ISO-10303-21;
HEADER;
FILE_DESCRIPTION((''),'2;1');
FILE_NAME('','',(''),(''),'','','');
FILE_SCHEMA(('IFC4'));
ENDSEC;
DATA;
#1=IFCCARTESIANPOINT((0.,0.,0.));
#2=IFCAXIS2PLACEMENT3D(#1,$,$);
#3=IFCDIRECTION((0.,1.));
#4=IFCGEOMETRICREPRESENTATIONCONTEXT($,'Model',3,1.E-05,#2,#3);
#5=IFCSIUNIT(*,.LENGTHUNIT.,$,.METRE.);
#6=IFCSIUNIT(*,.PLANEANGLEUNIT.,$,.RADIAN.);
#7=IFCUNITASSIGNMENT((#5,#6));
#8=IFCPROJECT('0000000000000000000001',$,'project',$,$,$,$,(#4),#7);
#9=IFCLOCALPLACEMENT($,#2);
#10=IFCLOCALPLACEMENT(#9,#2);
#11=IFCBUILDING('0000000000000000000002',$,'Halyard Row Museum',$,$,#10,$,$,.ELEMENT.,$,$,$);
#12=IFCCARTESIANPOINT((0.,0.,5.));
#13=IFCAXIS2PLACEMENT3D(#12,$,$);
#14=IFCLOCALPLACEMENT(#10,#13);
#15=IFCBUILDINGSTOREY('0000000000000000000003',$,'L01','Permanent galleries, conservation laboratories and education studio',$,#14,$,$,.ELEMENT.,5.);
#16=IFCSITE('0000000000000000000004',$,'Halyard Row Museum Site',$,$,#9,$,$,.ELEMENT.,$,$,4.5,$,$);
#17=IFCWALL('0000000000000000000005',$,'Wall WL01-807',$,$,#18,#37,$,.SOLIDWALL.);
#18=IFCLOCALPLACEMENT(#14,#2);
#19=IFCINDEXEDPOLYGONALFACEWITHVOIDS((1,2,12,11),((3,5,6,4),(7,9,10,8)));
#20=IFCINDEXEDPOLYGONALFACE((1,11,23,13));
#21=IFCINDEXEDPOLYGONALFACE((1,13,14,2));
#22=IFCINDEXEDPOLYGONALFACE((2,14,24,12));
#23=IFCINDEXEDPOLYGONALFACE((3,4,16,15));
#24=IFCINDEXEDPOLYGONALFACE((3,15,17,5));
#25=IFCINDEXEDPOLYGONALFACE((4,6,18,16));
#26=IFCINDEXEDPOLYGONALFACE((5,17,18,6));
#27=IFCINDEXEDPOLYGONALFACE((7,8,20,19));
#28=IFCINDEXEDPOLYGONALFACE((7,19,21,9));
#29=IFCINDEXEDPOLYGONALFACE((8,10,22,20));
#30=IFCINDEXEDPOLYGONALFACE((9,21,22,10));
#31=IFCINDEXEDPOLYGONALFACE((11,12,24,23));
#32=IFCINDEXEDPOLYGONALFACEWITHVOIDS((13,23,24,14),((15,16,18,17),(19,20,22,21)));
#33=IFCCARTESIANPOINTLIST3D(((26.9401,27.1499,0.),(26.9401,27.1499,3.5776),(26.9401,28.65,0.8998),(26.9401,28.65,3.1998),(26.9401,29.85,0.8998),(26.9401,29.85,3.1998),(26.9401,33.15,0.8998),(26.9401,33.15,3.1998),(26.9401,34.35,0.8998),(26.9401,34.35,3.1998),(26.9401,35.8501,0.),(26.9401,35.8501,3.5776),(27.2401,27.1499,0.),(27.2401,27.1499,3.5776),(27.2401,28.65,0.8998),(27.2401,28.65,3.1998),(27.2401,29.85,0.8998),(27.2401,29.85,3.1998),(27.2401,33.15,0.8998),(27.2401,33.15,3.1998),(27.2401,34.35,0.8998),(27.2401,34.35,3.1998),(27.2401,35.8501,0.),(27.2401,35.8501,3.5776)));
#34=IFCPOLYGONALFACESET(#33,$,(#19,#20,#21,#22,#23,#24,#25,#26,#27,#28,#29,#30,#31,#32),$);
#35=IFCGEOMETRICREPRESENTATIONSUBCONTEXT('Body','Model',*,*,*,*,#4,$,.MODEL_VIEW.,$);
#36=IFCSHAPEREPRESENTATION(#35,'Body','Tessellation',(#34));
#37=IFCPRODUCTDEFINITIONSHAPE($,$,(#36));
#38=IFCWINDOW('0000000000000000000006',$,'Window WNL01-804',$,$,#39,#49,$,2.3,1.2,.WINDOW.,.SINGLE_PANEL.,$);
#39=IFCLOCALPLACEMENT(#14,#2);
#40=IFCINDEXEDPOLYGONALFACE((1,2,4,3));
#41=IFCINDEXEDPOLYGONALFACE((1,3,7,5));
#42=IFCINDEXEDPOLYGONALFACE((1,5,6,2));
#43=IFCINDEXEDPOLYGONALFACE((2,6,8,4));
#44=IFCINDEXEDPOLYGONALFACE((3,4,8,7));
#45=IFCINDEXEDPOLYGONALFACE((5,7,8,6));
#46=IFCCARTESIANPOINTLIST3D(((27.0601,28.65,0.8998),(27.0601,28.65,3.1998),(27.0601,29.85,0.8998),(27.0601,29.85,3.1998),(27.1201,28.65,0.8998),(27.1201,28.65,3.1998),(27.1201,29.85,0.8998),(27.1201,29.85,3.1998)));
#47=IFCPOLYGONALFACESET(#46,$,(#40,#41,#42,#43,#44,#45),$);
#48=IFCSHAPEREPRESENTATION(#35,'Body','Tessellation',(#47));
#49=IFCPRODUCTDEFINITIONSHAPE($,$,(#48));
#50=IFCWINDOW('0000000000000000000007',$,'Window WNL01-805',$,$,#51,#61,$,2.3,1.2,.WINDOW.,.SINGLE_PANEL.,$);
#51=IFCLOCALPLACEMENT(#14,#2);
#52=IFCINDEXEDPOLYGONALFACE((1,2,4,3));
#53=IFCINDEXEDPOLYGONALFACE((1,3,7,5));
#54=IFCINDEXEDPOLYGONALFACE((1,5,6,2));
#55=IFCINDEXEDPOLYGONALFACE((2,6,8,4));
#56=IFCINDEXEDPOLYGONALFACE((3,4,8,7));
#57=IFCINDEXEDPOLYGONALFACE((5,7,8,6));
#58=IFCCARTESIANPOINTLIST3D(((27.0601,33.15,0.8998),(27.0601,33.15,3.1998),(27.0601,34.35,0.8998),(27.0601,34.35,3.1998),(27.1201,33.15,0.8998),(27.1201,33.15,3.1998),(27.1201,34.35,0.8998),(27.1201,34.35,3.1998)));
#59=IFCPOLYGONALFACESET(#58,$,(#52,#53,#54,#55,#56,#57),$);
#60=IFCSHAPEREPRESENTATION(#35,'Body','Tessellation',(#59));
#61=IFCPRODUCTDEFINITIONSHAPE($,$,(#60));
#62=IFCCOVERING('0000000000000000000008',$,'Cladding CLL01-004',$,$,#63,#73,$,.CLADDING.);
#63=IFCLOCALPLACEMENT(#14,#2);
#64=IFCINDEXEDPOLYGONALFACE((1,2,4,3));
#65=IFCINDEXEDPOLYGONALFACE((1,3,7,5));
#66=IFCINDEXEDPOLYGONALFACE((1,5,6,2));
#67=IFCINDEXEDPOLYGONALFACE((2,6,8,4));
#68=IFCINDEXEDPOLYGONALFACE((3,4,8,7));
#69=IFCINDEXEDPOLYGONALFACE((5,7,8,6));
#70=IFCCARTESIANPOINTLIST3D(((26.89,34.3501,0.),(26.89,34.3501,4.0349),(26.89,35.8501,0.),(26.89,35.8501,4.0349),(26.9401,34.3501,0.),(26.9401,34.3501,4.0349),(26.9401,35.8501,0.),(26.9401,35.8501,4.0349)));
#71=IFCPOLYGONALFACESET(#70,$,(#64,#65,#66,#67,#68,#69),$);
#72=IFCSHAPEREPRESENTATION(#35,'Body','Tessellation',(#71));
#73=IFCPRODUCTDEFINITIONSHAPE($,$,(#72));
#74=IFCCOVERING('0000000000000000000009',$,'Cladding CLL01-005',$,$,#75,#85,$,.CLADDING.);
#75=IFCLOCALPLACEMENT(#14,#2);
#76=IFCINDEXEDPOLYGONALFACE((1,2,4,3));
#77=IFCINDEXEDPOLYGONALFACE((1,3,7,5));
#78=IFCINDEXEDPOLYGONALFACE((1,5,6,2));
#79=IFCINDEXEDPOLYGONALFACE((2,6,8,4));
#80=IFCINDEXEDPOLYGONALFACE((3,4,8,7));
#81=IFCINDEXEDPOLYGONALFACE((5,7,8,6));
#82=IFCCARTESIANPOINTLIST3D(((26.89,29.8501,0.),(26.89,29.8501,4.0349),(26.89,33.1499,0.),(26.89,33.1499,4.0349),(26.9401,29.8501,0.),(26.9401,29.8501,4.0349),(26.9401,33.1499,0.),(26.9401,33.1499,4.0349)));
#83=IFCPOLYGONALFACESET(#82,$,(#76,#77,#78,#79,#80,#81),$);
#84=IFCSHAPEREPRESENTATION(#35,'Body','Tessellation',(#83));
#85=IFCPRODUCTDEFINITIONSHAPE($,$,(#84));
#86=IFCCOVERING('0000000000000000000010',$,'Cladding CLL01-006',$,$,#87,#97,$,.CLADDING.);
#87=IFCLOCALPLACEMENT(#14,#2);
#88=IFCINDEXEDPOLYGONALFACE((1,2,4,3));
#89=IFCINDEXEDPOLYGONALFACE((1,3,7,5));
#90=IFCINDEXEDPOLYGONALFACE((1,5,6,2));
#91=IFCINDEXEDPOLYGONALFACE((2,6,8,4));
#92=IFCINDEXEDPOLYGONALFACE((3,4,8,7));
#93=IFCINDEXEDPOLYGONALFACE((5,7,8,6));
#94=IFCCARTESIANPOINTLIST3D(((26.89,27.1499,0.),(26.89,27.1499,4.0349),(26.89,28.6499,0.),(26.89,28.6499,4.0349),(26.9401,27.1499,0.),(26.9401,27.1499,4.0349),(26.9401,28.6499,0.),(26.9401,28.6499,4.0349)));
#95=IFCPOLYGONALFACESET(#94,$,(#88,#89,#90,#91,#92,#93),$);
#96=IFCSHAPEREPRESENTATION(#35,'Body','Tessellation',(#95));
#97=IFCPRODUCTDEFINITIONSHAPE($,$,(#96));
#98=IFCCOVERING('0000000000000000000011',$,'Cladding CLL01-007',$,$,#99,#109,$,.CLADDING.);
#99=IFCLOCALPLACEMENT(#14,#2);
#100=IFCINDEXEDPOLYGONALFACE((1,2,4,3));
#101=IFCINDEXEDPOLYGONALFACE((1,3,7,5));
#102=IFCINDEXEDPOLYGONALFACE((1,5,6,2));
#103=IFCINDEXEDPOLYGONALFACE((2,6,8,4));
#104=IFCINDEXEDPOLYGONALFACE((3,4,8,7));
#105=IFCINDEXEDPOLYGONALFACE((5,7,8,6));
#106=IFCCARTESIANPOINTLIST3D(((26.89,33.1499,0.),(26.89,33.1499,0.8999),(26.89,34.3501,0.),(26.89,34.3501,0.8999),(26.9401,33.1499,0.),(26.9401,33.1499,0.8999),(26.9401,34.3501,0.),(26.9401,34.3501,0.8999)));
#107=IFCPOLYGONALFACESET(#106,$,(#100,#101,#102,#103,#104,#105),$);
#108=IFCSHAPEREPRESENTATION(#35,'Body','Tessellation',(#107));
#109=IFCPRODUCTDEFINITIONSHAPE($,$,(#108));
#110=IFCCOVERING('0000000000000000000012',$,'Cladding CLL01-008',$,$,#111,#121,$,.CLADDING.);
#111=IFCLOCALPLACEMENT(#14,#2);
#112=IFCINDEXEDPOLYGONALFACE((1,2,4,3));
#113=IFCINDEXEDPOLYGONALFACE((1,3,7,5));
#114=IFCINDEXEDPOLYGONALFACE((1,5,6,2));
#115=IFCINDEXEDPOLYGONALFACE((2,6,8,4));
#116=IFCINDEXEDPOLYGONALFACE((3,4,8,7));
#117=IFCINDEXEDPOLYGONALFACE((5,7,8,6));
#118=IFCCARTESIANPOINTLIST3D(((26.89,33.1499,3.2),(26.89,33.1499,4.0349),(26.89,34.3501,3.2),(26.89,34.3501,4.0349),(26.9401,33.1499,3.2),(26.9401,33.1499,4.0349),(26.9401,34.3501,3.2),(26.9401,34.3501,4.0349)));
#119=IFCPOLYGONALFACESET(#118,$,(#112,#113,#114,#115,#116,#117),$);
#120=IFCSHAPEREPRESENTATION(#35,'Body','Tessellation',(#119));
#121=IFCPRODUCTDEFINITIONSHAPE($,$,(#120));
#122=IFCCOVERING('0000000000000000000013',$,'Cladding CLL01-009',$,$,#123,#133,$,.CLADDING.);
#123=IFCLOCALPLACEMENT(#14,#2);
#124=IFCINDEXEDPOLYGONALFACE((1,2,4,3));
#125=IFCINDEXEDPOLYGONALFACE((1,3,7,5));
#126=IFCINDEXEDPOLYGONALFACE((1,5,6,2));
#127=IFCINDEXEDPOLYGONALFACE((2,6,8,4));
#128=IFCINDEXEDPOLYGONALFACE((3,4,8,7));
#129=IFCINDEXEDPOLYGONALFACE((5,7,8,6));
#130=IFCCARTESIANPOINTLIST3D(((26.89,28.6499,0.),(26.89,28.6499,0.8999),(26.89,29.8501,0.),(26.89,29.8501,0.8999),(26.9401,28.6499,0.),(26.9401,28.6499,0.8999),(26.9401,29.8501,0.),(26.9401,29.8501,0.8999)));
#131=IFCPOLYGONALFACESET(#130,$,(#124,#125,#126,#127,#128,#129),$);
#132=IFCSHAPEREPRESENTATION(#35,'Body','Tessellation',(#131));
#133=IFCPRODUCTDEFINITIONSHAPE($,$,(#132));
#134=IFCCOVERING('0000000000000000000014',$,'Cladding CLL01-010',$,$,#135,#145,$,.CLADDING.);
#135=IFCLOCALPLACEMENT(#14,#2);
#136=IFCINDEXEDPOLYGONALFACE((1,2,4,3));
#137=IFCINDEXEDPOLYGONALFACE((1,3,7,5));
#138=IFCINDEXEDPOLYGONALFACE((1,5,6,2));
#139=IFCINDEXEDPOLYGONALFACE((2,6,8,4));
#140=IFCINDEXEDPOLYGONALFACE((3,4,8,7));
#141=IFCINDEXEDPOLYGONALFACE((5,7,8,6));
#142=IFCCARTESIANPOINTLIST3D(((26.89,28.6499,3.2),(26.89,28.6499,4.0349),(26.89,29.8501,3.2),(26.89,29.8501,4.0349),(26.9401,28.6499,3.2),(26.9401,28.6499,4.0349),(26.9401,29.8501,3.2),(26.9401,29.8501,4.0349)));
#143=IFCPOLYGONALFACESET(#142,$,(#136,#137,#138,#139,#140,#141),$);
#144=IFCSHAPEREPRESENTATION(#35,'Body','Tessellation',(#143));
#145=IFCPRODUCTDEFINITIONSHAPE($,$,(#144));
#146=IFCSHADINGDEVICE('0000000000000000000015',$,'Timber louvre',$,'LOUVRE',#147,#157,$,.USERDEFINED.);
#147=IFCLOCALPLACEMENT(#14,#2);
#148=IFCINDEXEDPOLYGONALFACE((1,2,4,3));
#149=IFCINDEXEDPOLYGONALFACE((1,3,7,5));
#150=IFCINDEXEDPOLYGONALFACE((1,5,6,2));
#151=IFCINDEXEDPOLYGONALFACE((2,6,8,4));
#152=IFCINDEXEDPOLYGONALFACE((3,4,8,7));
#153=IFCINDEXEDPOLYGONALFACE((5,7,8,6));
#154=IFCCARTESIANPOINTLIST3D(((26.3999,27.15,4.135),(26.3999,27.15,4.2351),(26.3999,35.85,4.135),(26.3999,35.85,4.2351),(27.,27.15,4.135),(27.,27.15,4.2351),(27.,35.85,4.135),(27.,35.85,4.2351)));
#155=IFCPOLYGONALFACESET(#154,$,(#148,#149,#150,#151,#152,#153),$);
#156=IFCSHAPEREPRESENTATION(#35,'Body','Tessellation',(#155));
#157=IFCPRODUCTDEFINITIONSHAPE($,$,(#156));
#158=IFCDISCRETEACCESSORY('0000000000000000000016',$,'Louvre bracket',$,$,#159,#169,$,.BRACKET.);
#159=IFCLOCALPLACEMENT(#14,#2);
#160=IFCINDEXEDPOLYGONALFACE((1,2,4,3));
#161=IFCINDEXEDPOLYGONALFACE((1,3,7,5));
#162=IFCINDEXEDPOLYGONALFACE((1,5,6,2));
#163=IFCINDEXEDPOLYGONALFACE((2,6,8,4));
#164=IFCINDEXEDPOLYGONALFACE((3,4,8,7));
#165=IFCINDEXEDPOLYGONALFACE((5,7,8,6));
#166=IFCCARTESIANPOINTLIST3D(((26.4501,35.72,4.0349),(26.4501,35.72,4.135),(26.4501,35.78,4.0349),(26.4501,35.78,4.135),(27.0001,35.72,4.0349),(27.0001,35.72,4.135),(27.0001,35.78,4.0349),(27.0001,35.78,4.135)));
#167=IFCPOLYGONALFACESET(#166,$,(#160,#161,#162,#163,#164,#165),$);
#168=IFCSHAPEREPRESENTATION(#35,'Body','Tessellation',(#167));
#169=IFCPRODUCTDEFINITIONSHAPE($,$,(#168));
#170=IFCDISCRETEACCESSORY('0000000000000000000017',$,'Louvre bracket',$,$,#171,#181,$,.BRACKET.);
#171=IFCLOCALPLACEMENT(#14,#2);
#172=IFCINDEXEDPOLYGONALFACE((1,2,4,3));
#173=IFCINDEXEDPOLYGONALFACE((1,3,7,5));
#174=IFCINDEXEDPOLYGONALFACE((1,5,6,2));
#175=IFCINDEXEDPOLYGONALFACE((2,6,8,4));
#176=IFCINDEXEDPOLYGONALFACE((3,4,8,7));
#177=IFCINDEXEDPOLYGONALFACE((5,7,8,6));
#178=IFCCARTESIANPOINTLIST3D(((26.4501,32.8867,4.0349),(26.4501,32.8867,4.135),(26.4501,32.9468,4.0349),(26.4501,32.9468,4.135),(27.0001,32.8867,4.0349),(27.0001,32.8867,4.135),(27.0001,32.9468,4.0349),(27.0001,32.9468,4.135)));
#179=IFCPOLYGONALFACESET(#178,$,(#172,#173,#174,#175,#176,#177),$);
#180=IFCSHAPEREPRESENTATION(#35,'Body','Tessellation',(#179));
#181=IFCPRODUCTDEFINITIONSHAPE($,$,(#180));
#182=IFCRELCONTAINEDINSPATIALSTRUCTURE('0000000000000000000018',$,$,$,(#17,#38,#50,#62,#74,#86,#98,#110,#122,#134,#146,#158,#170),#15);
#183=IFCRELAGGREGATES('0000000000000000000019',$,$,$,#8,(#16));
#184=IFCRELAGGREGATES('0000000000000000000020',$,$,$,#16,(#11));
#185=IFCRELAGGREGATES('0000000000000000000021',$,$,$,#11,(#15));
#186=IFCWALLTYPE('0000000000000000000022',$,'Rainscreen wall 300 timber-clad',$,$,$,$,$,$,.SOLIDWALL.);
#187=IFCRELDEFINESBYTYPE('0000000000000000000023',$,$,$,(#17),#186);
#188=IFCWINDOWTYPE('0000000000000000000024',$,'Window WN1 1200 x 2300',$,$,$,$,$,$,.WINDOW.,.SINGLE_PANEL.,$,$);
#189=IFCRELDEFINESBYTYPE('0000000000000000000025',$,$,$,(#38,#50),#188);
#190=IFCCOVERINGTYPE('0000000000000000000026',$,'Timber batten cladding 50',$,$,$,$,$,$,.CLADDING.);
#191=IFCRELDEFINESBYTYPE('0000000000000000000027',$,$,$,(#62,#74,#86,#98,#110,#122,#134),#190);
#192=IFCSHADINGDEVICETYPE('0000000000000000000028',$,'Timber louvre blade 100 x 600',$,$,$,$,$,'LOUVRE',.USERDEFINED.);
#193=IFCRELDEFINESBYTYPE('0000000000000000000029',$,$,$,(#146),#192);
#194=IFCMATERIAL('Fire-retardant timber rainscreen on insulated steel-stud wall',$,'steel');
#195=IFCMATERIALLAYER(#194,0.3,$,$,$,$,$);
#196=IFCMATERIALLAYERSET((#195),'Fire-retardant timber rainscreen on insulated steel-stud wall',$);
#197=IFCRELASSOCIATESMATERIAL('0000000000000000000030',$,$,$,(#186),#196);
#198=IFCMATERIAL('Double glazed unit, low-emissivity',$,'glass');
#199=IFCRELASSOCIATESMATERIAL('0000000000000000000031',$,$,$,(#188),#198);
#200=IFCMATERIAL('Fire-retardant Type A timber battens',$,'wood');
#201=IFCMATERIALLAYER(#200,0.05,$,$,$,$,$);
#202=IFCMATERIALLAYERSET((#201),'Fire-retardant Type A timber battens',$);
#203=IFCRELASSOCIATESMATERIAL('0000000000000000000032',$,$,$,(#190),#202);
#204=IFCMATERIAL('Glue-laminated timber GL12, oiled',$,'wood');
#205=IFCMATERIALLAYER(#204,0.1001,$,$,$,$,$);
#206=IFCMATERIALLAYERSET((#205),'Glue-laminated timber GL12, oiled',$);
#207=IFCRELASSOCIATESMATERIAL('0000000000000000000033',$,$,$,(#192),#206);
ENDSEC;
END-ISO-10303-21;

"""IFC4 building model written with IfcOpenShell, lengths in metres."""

from ifc_helpers import new_model, si_unit, direction, frame, frame_2d, origin, origin_2d, place, context, subcontext, project, spatial, rectangle, extrude, material, layer, layer_set, type_object, element, fill, save


model = new_model("IFC4")

# Units and contexts
model_context = context("Model", 3, precision=1e-05, world=origin(), true_north=direction((0.0, 1.0)))
body_context = subcontext(model_context, "Body", "Model", "MODEL_VIEW")
ifc_project = project(units=[si_unit("LENGTHUNIT", "METRE"), si_unit("PLANEANGLEUNIT", "RADIAN")], contexts=[model_context])

# Site, building, storey
site_placement = place(None, origin())
site = spatial("IfcSite", under=ifc_project, at=site_placement, Name="Halyard Row Museum Site", CompositionType="ELEMENT", RefElevation=4.5)
building_placement = place(site_placement, origin())
building = spatial("IfcBuilding", under=site, at=building_placement, Name="Halyard Row Museum", CompositionType="ELEMENT")
storey_placement = place(building_placement, frame((0.0, 0.0, 5.0)))
storey = spatial("IfcBuildingStorey", under=building, at=storey_placement, Name="L01", Description="Permanent galleries, conservation laboratories and education studio", CompositionType="ELEMENT", Elevation=5.0)

# Wall, openings, windows
ifc_material_1 = material(Name="Fire-retardant timber rainscreen on insulated steel-stud wall", Category="steel")
ifc_layer_1 = layer(ifc_material_1, 0.3)
ifc_layer_set_1 = layer_set([ifc_layer_1], Name="Fire-retardant timber rainscreen on insulated steel-stud wall")
wall_type = type_object("IfcWallType", Name="Rainscreen wall 300 timber-clad", PredefinedType="SOLIDWALL", material=ifc_layer_set_1)
wall_placement = place(storey_placement, frame((27.0901, 27.1499, 0.0), z_axis=(0.0, 0.0, 1.0), x_axis=(0.0, 1.0, 0.0)))
wall = element("IfcWall", 1, at=wall_placement, inside=storey, type_object=wall_type, Name="Wall WL01-807", PredefinedType="SOLIDWALL", context=body_context, shape_type="SweptSolid", body=[
    extrude(rectangle(XDim=8.7002, YDim=0.3, at=frame_2d((4.3501, 0.0))), origin(), (0.0, 0.0, 1.0), 3.5776),
])
opening_1_placement = place(wall_placement, frame((1.5, 0.0, 0.8999)))
opening_1 = element("IfcOpeningElement", 2, at=opening_1_placement, cuts=wall, PredefinedType="OPENING", context=body_context, shape_type="SweptSolid", body=[
    extrude(rectangle(XDim=1.2, YDim=2.3, at=frame_2d((0.6001, 1.1499))), frame((0.0, 0.1599, 0.0), z_axis=(0.0, -1.0, 0.0), x_axis=(1.0, 0.0, 0.0)), (0.0, 0.0, 1.0), 0.3201),
])
opening_2_placement = place(wall_placement, frame((6.0, 0.0, 0.8999)))
opening_2 = element("IfcOpeningElement", 3, at=opening_2_placement, cuts=wall, PredefinedType="OPENING", context=body_context, shape_type="SweptSolid", body=[
    extrude(rectangle(XDim=1.2, YDim=2.3, at=frame_2d((0.6001, 1.1499))), frame((0.0, 0.1599, 0.0), z_axis=(0.0, -1.0, 0.0), x_axis=(1.0, 0.0, 0.0)), (0.0, 0.0, 1.0), 0.3201),
])
ifc_material_2 = material(Name="Double glazed unit, low-emissivity", Category="glass")
window_type = type_object("IfcWindowType", Name="Window WN1 1200 x 2300", PartitioningType="SINGLE_PANEL", PredefinedType="WINDOW", material=ifc_material_2)
window_1_placement = place(opening_1_placement, origin())
window_1 = element("IfcWindow", 4, at=window_1_placement, inside=storey, type_object=window_type, Name="Window WNL01-804", OverallHeight=2.3, OverallWidth=1.2, PartitioningType="SINGLE_PANEL", PredefinedType="WINDOW", context=body_context, shape_type="SweptSolid", body=[
    extrude(rectangle(XDim=1.2, YDim=2.3, at=frame_2d((0.6001, 1.1499))), frame((0.0, 0.03, 0.0), z_axis=(0.0, -1.0, 0.0), x_axis=(1.0, 0.0, 0.0)), (0.0, 0.0, 1.0), 0.0601),
])
fill(opening_1, window_1)
window_2_placement = place(opening_2_placement, origin())
window_2 = element("IfcWindow", 5, at=window_2_placement, inside=storey, type_object=window_type, Name="Window WNL01-805", OverallHeight=2.3, OverallWidth=1.2, PartitioningType="SINGLE_PANEL", PredefinedType="WINDOW", context=body_context, shape_type="SweptSolid", body=[
    extrude(rectangle(XDim=1.2, YDim=2.3, at=frame_2d((0.6001, 1.1499))), frame((0.0, 0.03, 0.0), z_axis=(0.0, -1.0, 0.0), x_axis=(1.0, 0.0, 0.0)), (0.0, 0.0, 1.0), 0.0601),
])
fill(opening_2, window_2)

# Coverings
ifc_material_3 = material(Name="Fire-retardant Type A timber battens", Category="wood")
ifc_layer_2 = layer(ifc_material_3, 0.05)
ifc_layer_set_2 = layer_set([ifc_layer_2], Name="Fire-retardant Type A timber battens")
covering_type = type_object("IfcCoveringType", Name="Timber batten cladding 50", PredefinedType="CLADDING", material=ifc_layer_set_2)
covering_1_placement = place(storey_placement, frame((26.915, 35.8501, 0.0), z_axis=(0.0, 0.0, 1.0), x_axis=(0.0, -1.0, 0.0)))
element("IfcCovering", 6, at=covering_1_placement, inside=storey, type_object=covering_type, Name="Cladding CLL01-004", PredefinedType="CLADDING", context=body_context, shape_type="SweptSolid", body=[
    extrude(rectangle(XDim=1.5, YDim=0.05, at=frame_2d((0.75, 0.0))), origin(), (0.0, 0.0, 1.0), 4.0349),
])
covering_2_placement = place(storey_placement, frame((26.915, 33.1499, 0.0), z_axis=(0.0, 0.0, 1.0), x_axis=(0.0, -1.0, 0.0)))
element("IfcCovering", 7, at=covering_2_placement, inside=storey, type_object=covering_type, Name="Cladding CLL01-005", PredefinedType="CLADDING", context=body_context, shape_type="SweptSolid", body=[
    extrude(rectangle(XDim=3.2998, YDim=0.05, at=frame_2d((1.6499, 0.0))), origin(), (0.0, 0.0, 1.0), 4.0349),
])
covering_3_placement = place(storey_placement, frame((26.915, 28.6499, 0.0), z_axis=(0.0, 0.0, 1.0), x_axis=(0.0, -1.0, 0.0)))
element("IfcCovering", 8, at=covering_3_placement, inside=storey, type_object=covering_type, Name="Cladding CLL01-006", PredefinedType="CLADDING", context=body_context, shape_type="SweptSolid", body=[
    extrude(rectangle(XDim=1.5, YDim=0.05, at=frame_2d((0.75, 0.0))), origin(), (0.0, 0.0, 1.0), 4.0349),
])
covering_4_placement = place(storey_placement, frame((26.915, 34.3501, 0.0), z_axis=(0.0, 0.0, 1.0), x_axis=(0.0, -1.0, 0.0)))
element("IfcCovering", 9, at=covering_4_placement, inside=storey, type_object=covering_type, Name="Cladding CLL01-007", PredefinedType="CLADDING", context=body_context, shape_type="SweptSolid", body=[
    extrude(rectangle(XDim=1.2002, YDim=0.05, at=frame_2d((0.6001, 0.0))), origin(), (0.0, 0.0, 1.0), 0.8999),
])
covering_5_placement = place(storey_placement, frame((26.915, 34.3501, 3.2), z_axis=(0.0, 0.0, 1.0), x_axis=(0.0, -1.0, 0.0)))
element("IfcCovering", 10, at=covering_5_placement, inside=storey, type_object=covering_type, Name="Cladding CLL01-008", PredefinedType="CLADDING", context=body_context, shape_type="SweptSolid", body=[
    extrude(rectangle(XDim=1.2002, YDim=0.05, at=frame_2d((0.6001, 0.0))), origin(), (0.0, 0.0, 1.0), 0.835),
])
covering_6_placement = place(storey_placement, frame((26.915, 29.8501, 0.0), z_axis=(0.0, 0.0, 1.0), x_axis=(0.0, -1.0, 0.0)))
element("IfcCovering", 11, at=covering_6_placement, inside=storey, type_object=covering_type, Name="Cladding CLL01-009", PredefinedType="CLADDING", context=body_context, shape_type="SweptSolid", body=[
    extrude(rectangle(XDim=1.2002, YDim=0.05, at=frame_2d((0.6001, 0.0))), origin(), (0.0, 0.0, 1.0), 0.8999),
])
covering_7_placement = place(storey_placement, frame((26.915, 29.8501, 3.2), z_axis=(0.0, 0.0, 1.0), x_axis=(0.0, -1.0, 0.0)))
element("IfcCovering", 12, at=covering_7_placement, inside=storey, type_object=covering_type, Name="Cladding CLL01-010", PredefinedType="CLADDING", context=body_context, shape_type="SweptSolid", body=[
    extrude(rectangle(XDim=1.2002, YDim=0.05, at=frame_2d((0.6001, 0.0))), origin(), (0.0, 0.0, 1.0), 0.835),
])

# Shading device
ifc_material_4 = material(Name="Glue-laminated timber GL12, oiled", Category="wood")
ifc_layer_3 = layer(ifc_material_4, 0.1001)
ifc_layer_set_3 = layer_set([ifc_layer_3], Name="Glue-laminated timber GL12, oiled")
shading_device_type = type_object("IfcShadingDeviceType", Name="Timber louvre blade 100 x 600", ElementType="LOUVRE", PredefinedType="USERDEFINED", material=ifc_layer_set_3)
shading_device_placement = place(storey_placement, frame((26.7, 31.5, 4.135), z_axis=(0.0, 0.0, 1.0), x_axis=(1.0, 0.0, 0.0)))
element("IfcShadingDevice", 13, at=shading_device_placement, inside=storey, type_object=shading_device_type, Name="Timber louvre", ObjectType="LOUVRE", PredefinedType="USERDEFINED", context=body_context, shape_type="SweptSolid", body=[
    extrude(rectangle(XDim=0.6001, YDim=8.7, at=origin_2d()), origin(), (0.0, 0.0, 1.0), 0.1001),
])

# Discrete accessories
for number, where, z_axis, x_axis, name in (
    (14, (26.7251, 35.75, 4.0349), (0.0, 0.0, 1.0), (1.0, 0.0, 0.0), "Louvre bracket"),
    (15, (26.7251, 32.9167, 4.0349), (0.0, 0.0, 1.0), (1.0, 0.0, 0.0), "Louvre bracket"),
):
    element("IfcDiscreteAccessory", number, at=place(storey_placement, frame(where, z_axis=z_axis, x_axis=x_axis)), inside=storey, Name=name, PredefinedType="BRACKET", context=body_context, shape_type="SweptSolid", body=[
        extrude(rectangle(XDim=0.55, YDim=0.0601, at=origin_2d()), origin(), (0.0, 0.0, 1.0), 0.1001),
    ])

save(model, "model.ifc")
